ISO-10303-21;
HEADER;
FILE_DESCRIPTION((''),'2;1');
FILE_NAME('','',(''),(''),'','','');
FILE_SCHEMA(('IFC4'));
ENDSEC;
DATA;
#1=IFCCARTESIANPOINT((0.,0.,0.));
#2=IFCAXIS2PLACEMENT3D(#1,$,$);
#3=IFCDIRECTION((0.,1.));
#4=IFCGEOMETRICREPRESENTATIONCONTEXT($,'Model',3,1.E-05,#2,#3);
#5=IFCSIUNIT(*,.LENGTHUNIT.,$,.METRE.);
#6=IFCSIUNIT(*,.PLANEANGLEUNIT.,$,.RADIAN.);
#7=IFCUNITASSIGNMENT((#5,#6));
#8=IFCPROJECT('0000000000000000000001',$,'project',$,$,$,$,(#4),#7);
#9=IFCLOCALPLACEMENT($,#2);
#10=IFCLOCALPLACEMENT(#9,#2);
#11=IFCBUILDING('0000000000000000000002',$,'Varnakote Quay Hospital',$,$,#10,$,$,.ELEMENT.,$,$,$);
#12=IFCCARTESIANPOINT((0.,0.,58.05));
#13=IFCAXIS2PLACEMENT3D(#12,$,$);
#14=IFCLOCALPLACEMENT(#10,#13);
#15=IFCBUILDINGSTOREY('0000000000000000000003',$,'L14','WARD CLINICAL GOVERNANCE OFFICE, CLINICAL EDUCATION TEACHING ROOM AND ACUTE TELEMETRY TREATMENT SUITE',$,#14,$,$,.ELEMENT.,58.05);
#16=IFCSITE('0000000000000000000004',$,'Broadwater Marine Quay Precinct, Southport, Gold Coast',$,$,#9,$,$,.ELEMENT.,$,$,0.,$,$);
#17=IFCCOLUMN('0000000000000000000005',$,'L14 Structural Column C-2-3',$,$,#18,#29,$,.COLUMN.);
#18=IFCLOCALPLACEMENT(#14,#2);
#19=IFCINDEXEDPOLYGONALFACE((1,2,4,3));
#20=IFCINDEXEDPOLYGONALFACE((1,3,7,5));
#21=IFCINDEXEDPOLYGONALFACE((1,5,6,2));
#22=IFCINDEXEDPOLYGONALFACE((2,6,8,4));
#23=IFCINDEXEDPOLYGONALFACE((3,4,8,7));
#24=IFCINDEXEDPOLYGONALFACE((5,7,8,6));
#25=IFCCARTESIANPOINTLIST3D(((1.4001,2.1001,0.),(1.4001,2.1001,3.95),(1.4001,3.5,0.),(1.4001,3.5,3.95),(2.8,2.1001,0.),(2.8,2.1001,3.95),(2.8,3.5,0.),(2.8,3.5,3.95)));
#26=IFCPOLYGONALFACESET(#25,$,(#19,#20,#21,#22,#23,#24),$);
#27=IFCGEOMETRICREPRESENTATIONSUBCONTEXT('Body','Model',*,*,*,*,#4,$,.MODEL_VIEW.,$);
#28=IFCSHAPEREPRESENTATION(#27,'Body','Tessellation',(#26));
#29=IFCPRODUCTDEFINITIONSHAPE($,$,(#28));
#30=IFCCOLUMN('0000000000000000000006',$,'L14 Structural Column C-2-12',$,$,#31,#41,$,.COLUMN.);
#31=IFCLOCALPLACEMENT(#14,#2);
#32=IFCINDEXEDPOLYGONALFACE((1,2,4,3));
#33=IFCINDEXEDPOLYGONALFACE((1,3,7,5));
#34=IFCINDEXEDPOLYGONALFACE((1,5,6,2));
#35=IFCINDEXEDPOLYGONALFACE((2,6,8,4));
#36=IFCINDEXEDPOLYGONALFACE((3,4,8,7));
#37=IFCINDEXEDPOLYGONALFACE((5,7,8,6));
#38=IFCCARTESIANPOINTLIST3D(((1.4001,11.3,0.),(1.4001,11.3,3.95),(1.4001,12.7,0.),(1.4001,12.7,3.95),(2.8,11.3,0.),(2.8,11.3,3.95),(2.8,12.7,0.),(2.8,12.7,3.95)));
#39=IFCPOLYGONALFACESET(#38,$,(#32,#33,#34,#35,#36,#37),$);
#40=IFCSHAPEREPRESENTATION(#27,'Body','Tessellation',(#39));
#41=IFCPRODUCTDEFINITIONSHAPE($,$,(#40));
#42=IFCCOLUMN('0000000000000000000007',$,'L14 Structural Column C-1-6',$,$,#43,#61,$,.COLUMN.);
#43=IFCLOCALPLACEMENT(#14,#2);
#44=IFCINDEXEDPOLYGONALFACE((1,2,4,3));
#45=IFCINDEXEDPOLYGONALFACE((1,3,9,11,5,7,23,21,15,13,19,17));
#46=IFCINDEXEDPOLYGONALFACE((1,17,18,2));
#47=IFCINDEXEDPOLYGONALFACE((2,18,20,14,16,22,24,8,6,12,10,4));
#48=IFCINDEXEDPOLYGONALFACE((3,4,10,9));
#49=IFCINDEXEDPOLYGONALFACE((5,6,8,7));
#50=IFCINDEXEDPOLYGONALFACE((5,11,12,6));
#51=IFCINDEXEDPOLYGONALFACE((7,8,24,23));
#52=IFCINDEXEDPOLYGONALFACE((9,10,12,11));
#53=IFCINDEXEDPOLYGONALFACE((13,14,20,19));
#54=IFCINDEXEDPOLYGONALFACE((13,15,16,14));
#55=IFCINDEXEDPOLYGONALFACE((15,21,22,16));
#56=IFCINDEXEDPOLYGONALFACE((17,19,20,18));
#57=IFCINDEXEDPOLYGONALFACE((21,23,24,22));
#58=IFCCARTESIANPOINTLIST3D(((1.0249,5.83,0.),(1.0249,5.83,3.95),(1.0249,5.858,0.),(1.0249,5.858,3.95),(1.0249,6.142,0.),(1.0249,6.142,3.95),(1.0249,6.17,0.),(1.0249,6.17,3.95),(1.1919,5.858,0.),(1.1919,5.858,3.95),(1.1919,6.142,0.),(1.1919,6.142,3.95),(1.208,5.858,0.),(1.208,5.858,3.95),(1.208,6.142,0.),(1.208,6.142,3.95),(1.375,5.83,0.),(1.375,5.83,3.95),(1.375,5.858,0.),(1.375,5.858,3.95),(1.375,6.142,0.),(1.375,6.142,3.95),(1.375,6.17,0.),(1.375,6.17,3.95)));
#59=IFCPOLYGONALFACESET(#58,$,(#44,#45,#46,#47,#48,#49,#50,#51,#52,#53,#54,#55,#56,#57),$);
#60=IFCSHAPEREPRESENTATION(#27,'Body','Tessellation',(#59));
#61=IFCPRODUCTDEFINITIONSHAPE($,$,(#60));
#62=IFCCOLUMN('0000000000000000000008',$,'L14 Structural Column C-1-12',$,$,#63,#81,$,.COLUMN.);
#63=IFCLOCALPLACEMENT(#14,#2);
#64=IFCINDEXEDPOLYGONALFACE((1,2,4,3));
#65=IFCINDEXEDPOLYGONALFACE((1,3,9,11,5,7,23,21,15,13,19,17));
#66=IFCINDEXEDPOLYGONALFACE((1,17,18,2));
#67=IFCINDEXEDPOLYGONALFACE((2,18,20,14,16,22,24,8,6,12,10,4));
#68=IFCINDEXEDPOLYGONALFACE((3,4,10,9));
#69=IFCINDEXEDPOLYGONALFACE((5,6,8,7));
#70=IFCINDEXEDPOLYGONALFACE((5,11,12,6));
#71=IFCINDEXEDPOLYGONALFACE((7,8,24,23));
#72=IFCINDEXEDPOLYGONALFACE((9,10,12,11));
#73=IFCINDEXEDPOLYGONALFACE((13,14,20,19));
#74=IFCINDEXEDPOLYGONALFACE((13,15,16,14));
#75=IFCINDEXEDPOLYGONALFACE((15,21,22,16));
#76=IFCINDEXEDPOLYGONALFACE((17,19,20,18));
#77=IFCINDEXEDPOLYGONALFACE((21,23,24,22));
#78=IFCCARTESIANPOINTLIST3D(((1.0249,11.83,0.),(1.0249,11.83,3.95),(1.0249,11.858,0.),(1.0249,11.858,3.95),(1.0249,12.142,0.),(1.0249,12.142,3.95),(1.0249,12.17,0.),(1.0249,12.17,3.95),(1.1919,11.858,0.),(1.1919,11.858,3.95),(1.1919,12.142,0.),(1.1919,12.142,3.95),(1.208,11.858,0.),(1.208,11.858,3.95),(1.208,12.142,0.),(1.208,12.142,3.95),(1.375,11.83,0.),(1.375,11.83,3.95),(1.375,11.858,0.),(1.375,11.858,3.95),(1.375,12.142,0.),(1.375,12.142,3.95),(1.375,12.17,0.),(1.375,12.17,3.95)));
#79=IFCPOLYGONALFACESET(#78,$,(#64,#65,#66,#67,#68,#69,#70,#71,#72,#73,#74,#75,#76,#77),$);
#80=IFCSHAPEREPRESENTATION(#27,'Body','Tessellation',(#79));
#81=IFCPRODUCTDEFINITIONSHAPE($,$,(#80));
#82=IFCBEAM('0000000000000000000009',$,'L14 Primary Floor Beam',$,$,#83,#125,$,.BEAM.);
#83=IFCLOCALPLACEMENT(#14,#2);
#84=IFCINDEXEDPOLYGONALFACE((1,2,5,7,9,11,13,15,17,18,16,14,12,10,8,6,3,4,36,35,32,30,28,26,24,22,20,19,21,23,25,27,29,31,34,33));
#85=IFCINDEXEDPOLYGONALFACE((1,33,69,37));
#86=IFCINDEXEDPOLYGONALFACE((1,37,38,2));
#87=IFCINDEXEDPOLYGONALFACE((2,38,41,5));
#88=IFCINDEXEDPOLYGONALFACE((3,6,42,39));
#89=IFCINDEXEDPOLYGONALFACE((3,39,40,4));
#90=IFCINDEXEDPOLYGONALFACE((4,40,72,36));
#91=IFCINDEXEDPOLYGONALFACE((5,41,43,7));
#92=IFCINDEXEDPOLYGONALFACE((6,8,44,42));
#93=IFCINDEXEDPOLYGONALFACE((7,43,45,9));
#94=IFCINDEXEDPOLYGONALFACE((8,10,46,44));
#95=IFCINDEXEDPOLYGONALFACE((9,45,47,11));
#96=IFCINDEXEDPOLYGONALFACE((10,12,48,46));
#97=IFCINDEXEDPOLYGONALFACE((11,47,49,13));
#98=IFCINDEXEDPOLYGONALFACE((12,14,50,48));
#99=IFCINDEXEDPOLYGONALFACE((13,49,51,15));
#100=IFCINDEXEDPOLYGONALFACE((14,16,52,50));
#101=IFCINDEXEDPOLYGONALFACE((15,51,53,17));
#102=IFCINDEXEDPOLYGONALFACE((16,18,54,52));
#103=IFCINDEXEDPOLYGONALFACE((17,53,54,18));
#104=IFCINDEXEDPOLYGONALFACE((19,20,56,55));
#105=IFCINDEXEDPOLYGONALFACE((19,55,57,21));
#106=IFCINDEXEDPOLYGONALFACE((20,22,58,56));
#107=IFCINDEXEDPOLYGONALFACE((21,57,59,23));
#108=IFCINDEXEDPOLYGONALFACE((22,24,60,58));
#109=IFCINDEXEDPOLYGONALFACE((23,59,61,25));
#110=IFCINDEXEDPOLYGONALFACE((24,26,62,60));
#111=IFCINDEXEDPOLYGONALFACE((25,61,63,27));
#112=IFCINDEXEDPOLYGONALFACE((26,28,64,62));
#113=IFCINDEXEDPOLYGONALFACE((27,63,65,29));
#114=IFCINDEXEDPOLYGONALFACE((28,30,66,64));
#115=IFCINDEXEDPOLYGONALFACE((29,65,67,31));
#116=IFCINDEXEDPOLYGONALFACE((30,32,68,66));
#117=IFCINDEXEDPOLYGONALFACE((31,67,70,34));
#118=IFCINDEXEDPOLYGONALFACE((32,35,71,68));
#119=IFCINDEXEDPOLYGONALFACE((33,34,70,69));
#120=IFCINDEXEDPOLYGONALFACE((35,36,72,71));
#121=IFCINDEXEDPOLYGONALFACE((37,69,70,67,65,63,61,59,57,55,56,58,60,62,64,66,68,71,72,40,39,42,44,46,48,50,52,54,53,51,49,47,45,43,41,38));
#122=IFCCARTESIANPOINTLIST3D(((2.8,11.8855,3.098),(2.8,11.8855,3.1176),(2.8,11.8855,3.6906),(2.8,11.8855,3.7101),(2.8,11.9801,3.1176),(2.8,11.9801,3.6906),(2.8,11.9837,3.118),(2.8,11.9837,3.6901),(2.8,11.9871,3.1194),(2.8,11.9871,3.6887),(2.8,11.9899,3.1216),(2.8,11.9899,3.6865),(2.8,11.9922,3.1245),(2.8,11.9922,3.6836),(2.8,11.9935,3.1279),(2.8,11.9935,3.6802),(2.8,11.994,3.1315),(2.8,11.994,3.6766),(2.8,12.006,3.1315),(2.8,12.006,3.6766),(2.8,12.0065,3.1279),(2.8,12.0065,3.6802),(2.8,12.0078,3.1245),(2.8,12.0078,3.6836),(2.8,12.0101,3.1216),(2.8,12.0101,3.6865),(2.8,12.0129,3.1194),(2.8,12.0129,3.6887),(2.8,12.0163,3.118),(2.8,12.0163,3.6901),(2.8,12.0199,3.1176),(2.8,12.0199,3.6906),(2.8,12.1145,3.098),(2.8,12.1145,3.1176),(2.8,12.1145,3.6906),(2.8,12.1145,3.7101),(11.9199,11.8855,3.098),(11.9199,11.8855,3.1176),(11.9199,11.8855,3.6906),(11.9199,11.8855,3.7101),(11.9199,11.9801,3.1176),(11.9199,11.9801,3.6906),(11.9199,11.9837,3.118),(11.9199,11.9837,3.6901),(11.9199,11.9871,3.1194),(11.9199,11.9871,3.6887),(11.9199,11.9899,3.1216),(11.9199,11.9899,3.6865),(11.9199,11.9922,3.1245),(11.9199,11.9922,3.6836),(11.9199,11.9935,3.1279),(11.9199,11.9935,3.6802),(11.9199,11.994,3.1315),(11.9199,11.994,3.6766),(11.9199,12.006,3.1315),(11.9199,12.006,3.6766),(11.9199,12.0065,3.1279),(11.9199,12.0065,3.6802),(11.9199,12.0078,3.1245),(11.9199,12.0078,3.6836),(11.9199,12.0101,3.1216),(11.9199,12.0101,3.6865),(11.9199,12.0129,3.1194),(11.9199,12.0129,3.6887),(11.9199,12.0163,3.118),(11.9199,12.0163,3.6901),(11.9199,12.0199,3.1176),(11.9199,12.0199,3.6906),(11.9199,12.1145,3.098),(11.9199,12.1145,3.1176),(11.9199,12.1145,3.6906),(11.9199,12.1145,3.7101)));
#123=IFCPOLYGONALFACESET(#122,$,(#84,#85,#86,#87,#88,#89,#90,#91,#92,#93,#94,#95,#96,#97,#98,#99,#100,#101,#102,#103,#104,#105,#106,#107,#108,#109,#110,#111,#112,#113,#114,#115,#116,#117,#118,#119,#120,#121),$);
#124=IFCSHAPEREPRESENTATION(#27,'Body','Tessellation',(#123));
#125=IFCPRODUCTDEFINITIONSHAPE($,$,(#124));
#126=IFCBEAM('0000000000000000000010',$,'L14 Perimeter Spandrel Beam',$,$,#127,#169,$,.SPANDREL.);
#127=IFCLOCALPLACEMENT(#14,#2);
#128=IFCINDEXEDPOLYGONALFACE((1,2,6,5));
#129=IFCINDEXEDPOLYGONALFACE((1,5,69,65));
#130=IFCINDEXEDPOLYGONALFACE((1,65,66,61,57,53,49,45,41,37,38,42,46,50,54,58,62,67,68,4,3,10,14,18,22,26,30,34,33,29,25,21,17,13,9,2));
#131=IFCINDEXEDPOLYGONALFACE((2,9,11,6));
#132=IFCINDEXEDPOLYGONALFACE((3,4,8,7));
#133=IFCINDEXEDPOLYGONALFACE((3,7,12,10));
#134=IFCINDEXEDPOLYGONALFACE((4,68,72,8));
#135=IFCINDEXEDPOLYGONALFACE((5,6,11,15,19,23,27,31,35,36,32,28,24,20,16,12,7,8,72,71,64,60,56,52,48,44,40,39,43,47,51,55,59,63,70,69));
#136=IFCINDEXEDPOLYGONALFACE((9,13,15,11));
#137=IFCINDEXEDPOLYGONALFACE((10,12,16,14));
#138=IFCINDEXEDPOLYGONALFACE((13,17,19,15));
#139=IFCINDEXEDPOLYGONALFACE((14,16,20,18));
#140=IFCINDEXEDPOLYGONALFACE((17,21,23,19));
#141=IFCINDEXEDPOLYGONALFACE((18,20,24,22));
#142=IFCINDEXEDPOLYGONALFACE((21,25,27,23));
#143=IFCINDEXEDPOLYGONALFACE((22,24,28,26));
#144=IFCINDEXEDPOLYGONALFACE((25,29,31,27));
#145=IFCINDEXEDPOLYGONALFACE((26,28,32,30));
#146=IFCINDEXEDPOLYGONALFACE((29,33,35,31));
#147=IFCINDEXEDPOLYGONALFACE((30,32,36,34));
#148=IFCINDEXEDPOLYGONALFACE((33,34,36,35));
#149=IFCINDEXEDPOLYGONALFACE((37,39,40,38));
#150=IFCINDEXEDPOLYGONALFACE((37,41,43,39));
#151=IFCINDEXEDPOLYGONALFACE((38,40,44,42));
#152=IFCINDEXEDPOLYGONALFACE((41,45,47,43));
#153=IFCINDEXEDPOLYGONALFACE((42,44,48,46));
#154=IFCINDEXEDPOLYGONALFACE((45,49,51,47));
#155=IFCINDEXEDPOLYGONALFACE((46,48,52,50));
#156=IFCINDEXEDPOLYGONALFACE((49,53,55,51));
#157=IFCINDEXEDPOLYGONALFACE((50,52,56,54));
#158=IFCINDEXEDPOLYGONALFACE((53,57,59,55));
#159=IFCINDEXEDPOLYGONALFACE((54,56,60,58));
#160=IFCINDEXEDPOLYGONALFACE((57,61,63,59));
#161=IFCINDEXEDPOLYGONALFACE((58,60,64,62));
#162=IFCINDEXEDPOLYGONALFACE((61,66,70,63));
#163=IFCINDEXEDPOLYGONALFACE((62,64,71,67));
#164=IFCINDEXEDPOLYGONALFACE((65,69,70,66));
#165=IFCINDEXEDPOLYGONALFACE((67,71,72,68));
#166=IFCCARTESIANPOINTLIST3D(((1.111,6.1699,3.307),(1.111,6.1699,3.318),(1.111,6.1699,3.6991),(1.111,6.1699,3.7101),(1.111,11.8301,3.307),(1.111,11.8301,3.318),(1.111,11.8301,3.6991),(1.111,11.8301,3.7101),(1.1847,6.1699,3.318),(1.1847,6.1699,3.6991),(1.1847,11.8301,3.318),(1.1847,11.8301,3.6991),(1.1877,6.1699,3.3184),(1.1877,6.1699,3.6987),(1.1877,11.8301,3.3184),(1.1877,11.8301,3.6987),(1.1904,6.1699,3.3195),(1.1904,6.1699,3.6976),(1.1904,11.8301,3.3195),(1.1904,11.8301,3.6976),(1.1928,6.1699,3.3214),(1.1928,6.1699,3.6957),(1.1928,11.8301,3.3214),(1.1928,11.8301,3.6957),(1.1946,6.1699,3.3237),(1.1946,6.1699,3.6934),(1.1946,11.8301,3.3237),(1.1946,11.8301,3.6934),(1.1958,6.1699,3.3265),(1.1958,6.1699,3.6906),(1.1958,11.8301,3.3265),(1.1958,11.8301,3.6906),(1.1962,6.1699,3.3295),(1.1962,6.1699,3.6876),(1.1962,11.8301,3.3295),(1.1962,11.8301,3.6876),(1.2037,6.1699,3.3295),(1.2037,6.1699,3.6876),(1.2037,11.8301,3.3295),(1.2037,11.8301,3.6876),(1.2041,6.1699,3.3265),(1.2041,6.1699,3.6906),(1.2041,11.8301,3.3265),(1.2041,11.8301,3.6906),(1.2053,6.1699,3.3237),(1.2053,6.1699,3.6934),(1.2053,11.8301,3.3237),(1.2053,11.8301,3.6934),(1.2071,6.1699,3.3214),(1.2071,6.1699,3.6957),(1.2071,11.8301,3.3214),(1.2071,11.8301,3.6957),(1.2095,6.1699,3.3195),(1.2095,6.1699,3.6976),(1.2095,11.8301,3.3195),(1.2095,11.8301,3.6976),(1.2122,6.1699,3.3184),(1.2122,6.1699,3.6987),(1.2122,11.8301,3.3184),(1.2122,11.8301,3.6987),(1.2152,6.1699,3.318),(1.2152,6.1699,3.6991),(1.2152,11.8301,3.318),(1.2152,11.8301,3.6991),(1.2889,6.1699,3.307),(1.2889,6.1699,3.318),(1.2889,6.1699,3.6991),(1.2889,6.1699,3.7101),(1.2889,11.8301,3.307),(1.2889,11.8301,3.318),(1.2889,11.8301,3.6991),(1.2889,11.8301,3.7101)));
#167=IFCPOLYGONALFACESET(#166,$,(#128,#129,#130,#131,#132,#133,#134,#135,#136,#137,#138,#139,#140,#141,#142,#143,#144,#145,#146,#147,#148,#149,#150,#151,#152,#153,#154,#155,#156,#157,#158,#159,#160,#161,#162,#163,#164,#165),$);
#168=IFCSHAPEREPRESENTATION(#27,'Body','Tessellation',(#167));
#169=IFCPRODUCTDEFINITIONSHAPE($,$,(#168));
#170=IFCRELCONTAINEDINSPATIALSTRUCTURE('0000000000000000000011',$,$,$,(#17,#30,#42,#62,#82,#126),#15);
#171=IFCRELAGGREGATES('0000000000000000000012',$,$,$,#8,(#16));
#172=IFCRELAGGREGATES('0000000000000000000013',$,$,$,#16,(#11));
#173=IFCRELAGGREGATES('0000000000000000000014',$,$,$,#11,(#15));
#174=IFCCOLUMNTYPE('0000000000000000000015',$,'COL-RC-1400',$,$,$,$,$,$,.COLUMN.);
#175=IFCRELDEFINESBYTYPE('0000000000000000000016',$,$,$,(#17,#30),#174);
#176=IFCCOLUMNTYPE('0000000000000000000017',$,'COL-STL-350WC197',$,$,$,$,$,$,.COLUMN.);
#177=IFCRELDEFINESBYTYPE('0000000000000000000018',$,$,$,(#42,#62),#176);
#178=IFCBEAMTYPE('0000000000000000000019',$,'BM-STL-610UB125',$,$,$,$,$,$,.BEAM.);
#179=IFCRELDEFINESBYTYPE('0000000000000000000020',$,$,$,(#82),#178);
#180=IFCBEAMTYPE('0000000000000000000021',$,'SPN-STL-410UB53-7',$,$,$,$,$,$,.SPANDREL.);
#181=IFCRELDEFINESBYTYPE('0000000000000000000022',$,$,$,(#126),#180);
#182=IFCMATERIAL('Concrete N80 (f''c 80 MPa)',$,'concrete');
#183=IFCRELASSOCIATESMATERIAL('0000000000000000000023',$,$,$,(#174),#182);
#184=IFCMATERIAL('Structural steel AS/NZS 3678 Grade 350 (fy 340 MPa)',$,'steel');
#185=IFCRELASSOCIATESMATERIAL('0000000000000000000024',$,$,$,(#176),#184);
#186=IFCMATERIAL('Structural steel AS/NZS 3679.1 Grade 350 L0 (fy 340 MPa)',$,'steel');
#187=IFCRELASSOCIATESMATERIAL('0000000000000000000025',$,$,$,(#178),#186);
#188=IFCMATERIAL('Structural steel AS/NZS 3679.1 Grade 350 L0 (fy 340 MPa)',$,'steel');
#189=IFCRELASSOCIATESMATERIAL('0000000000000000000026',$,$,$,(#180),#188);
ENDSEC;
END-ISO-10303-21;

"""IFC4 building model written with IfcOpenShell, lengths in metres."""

from ifc_helpers import new_model, si_unit, direction, frame, origin, origin_2d, place, context, subcontext, project, spatial, rectangle, i_section, extrude, material, material_profile, profile_set, type_object, element, save


model = new_model("IFC4")

# Units and contexts
model_context = context("Model", 3, precision=1e-05, world=origin(), true_north=direction((0.0, 1.0)))
body_context = subcontext(model_context, "Body", "Model", "MODEL_VIEW")
ifc_project = project(units=[si_unit("LENGTHUNIT", "METRE"), si_unit("PLANEANGLEUNIT", "RADIAN")], contexts=[model_context])

# Site, building, storey
site_placement = place(None, origin())
site = spatial("IfcSite", under=ifc_project, at=site_placement, Name="Broadwater Marine Quay Precinct, Southport, Gold Coast", CompositionType="ELEMENT", RefElevation=0.0)
building_placement = place(site_placement, origin())
building = spatial("IfcBuilding", under=site, at=building_placement, Name="Varnakote Quay Hospital", CompositionType="ELEMENT")
storey_placement = place(building_placement, frame((0.0, 0.0, 58.05)))
storey = spatial("IfcBuildingStorey", under=building, at=storey_placement, Name="L14", Description="WARD CLINICAL GOVERNANCE OFFICE, CLINICAL EDUCATION TEACHING ROOM AND ACUTE TELEMETRY TREATMENT SUITE", CompositionType="ELEMENT", Elevation=58.05)

# Columns
ifc_material_1 = material(Name="Concrete N80 (f'c 80 MPa)", Category="concrete")
ifc_material_profile_1 = material_profile(ifc_material_1, rectangle(XDim=1.3999, YDim=1.3999, at=origin_2d()), Name="RC-COL-1400x1400")
ifc_profile_set_1 = profile_set([ifc_material_profile_1], Name="Concrete N80 (f'c 80 MPa)")
column_type_1 = type_object("IfcColumnType", Name="COL-RC-1400", PredefinedType="COLUMN", material=ifc_profile_set_1)
for number, where, z_axis, x_axis, name in (
    (1, (2.1001, 2.8, 0.0), (0.0, 0.0, 1.0), (1.0, 0.0, 0.0), "L14 Structural Column C-2-3"),
    (2, (2.1001, 12.0, 0.0), (0.0, 0.0, 1.0), (1.0, 0.0, 0.0), "L14 Structural Column C-2-12"),
):
    element("IfcColumn", number, at=place(storey_placement, frame(where, z_axis=z_axis, x_axis=x_axis)), inside=storey, type_object=column_type_1, Name=name, PredefinedType="COLUMN", context=body_context, shape_type="SweptSolid", body=[
        extrude(rectangle(XDim=1.3999, YDim=1.3999, at=origin_2d()), origin(), (0.0, 0.0, 1.0), 3.95),
    ])
ifc_material_2 = material(Name="Structural steel AS/NZS 3678 Grade 350 (fy 340 MPa)", Category="steel")
ifc_material_profile_2 = material_profile(ifc_material_2, i_section(OverallWidth=0.3501, OverallDepth=0.3401, WebThickness=0.0161, FlangeThickness=0.0281, at=origin_2d()), Name="350WC197")
ifc_profile_set_2 = profile_set([ifc_material_profile_2], Name="Structural steel AS/NZS 3678 Grade 350 (fy 340 MPa)")
column_type_2 = type_object("IfcColumnType", Name="COL-STL-350WC197", PredefinedType="COLUMN", material=ifc_profile_set_2)
for number, where, z_axis, x_axis, name in (
    (3, (1.2, 6.0, 0.0), (0.0, 0.0, 1.0), (1.0, 0.0, 0.0), "L14 Structural Column C-1-6"),
    (4, (1.2, 12.0, 0.0), (0.0, 0.0, 1.0), (1.0, 0.0, 0.0), "L14 Structural Column C-1-12"),
):
    element("IfcColumn", number, at=place(storey_placement, frame(where, z_axis=z_axis, x_axis=x_axis)), inside=storey, type_object=column_type_2, Name=name, PredefinedType="COLUMN", context=body_context, shape_type="SweptSolid", body=[
        extrude(i_section(OverallWidth=0.3501, OverallDepth=0.3401, WebThickness=0.0161, FlangeThickness=0.0281, at=origin_2d()), origin(), (0.0, 0.0, 1.0), 3.95),
    ])

# Beams
ifc_material_3 = material(Name="Structural steel AS/NZS 3679.1 Grade 350 L0 (fy 340 MPa)", Category="steel")
ifc_material_profile_3 = material_profile(ifc_material_3, i_section(OverallWidth=0.229, OverallDepth=0.6121, WebThickness=0.012, FlangeThickness=0.0195, FilletRadius=0.0139, at=origin_2d()), Name="610UB125")
ifc_profile_set_3 = profile_set([ifc_material_profile_3], Name="Structural steel AS/NZS 3679.1 Grade 350 L0 (fy 340 MPa)")
beam_type_1 = type_object("IfcBeamType", Name="BM-STL-610UB125", PredefinedType="BEAM", material=ifc_profile_set_3)
beam_1_placement = place(storey_placement, frame((2.8, 12.0, 3.4041), z_axis=(1.0, 0.0, 0.0), x_axis=(0.0, 1.0, 0.0)))
element("IfcBeam", 5, at=beam_1_placement, inside=storey, type_object=beam_type_1, Name="L14 Primary Floor Beam", PredefinedType="BEAM", context=body_context, shape_type="SweptSolid", body=[
    extrude(i_section(OverallWidth=0.229, OverallDepth=0.6121, WebThickness=0.012, FlangeThickness=0.0195, FilletRadius=0.0139, at=origin_2d()), origin(), (0.0, 0.0, 1.0), 9.1199),
])
ifc_material_4 = material(Name="Structural steel AS/NZS 3679.1 Grade 350 L0 (fy 340 MPa)", Category="steel")
ifc_material_profile_4 = material_profile(ifc_material_4, i_section(OverallWidth=0.178, OverallDepth=0.4031, WebThickness=0.0076, FlangeThickness=0.011, FilletRadius=0.0115, at=origin_2d()), Name="410UB53.7")
ifc_profile_set_4 = profile_set([ifc_material_profile_4], Name="Structural steel AS/NZS 3679.1 Grade 350 L0 (fy 340 MPa)")
beam_type_2 = type_object("IfcBeamType", Name="SPN-STL-410UB53-7", PredefinedType="SPANDREL", material=ifc_profile_set_4)
beam_2_placement = place(storey_placement, frame((1.2, 6.1699, 3.5085), z_axis=(0.0, 1.0, 0.0), x_axis=(-1.0, 0.0, 0.0)))
element("IfcBeam", 6, at=beam_2_placement, inside=storey, type_object=beam_type_2, Name="L14 Perimeter Spandrel Beam", PredefinedType="SPANDREL", context=body_context, shape_type="SweptSolid", body=[
    extrude(i_section(OverallWidth=0.178, OverallDepth=0.4031, WebThickness=0.0076, FlangeThickness=0.011, FilletRadius=0.0115, at=origin_2d()), origin(), (0.0, 0.0, 1.0), 5.6602),
])

save(model, "model.ifc")
